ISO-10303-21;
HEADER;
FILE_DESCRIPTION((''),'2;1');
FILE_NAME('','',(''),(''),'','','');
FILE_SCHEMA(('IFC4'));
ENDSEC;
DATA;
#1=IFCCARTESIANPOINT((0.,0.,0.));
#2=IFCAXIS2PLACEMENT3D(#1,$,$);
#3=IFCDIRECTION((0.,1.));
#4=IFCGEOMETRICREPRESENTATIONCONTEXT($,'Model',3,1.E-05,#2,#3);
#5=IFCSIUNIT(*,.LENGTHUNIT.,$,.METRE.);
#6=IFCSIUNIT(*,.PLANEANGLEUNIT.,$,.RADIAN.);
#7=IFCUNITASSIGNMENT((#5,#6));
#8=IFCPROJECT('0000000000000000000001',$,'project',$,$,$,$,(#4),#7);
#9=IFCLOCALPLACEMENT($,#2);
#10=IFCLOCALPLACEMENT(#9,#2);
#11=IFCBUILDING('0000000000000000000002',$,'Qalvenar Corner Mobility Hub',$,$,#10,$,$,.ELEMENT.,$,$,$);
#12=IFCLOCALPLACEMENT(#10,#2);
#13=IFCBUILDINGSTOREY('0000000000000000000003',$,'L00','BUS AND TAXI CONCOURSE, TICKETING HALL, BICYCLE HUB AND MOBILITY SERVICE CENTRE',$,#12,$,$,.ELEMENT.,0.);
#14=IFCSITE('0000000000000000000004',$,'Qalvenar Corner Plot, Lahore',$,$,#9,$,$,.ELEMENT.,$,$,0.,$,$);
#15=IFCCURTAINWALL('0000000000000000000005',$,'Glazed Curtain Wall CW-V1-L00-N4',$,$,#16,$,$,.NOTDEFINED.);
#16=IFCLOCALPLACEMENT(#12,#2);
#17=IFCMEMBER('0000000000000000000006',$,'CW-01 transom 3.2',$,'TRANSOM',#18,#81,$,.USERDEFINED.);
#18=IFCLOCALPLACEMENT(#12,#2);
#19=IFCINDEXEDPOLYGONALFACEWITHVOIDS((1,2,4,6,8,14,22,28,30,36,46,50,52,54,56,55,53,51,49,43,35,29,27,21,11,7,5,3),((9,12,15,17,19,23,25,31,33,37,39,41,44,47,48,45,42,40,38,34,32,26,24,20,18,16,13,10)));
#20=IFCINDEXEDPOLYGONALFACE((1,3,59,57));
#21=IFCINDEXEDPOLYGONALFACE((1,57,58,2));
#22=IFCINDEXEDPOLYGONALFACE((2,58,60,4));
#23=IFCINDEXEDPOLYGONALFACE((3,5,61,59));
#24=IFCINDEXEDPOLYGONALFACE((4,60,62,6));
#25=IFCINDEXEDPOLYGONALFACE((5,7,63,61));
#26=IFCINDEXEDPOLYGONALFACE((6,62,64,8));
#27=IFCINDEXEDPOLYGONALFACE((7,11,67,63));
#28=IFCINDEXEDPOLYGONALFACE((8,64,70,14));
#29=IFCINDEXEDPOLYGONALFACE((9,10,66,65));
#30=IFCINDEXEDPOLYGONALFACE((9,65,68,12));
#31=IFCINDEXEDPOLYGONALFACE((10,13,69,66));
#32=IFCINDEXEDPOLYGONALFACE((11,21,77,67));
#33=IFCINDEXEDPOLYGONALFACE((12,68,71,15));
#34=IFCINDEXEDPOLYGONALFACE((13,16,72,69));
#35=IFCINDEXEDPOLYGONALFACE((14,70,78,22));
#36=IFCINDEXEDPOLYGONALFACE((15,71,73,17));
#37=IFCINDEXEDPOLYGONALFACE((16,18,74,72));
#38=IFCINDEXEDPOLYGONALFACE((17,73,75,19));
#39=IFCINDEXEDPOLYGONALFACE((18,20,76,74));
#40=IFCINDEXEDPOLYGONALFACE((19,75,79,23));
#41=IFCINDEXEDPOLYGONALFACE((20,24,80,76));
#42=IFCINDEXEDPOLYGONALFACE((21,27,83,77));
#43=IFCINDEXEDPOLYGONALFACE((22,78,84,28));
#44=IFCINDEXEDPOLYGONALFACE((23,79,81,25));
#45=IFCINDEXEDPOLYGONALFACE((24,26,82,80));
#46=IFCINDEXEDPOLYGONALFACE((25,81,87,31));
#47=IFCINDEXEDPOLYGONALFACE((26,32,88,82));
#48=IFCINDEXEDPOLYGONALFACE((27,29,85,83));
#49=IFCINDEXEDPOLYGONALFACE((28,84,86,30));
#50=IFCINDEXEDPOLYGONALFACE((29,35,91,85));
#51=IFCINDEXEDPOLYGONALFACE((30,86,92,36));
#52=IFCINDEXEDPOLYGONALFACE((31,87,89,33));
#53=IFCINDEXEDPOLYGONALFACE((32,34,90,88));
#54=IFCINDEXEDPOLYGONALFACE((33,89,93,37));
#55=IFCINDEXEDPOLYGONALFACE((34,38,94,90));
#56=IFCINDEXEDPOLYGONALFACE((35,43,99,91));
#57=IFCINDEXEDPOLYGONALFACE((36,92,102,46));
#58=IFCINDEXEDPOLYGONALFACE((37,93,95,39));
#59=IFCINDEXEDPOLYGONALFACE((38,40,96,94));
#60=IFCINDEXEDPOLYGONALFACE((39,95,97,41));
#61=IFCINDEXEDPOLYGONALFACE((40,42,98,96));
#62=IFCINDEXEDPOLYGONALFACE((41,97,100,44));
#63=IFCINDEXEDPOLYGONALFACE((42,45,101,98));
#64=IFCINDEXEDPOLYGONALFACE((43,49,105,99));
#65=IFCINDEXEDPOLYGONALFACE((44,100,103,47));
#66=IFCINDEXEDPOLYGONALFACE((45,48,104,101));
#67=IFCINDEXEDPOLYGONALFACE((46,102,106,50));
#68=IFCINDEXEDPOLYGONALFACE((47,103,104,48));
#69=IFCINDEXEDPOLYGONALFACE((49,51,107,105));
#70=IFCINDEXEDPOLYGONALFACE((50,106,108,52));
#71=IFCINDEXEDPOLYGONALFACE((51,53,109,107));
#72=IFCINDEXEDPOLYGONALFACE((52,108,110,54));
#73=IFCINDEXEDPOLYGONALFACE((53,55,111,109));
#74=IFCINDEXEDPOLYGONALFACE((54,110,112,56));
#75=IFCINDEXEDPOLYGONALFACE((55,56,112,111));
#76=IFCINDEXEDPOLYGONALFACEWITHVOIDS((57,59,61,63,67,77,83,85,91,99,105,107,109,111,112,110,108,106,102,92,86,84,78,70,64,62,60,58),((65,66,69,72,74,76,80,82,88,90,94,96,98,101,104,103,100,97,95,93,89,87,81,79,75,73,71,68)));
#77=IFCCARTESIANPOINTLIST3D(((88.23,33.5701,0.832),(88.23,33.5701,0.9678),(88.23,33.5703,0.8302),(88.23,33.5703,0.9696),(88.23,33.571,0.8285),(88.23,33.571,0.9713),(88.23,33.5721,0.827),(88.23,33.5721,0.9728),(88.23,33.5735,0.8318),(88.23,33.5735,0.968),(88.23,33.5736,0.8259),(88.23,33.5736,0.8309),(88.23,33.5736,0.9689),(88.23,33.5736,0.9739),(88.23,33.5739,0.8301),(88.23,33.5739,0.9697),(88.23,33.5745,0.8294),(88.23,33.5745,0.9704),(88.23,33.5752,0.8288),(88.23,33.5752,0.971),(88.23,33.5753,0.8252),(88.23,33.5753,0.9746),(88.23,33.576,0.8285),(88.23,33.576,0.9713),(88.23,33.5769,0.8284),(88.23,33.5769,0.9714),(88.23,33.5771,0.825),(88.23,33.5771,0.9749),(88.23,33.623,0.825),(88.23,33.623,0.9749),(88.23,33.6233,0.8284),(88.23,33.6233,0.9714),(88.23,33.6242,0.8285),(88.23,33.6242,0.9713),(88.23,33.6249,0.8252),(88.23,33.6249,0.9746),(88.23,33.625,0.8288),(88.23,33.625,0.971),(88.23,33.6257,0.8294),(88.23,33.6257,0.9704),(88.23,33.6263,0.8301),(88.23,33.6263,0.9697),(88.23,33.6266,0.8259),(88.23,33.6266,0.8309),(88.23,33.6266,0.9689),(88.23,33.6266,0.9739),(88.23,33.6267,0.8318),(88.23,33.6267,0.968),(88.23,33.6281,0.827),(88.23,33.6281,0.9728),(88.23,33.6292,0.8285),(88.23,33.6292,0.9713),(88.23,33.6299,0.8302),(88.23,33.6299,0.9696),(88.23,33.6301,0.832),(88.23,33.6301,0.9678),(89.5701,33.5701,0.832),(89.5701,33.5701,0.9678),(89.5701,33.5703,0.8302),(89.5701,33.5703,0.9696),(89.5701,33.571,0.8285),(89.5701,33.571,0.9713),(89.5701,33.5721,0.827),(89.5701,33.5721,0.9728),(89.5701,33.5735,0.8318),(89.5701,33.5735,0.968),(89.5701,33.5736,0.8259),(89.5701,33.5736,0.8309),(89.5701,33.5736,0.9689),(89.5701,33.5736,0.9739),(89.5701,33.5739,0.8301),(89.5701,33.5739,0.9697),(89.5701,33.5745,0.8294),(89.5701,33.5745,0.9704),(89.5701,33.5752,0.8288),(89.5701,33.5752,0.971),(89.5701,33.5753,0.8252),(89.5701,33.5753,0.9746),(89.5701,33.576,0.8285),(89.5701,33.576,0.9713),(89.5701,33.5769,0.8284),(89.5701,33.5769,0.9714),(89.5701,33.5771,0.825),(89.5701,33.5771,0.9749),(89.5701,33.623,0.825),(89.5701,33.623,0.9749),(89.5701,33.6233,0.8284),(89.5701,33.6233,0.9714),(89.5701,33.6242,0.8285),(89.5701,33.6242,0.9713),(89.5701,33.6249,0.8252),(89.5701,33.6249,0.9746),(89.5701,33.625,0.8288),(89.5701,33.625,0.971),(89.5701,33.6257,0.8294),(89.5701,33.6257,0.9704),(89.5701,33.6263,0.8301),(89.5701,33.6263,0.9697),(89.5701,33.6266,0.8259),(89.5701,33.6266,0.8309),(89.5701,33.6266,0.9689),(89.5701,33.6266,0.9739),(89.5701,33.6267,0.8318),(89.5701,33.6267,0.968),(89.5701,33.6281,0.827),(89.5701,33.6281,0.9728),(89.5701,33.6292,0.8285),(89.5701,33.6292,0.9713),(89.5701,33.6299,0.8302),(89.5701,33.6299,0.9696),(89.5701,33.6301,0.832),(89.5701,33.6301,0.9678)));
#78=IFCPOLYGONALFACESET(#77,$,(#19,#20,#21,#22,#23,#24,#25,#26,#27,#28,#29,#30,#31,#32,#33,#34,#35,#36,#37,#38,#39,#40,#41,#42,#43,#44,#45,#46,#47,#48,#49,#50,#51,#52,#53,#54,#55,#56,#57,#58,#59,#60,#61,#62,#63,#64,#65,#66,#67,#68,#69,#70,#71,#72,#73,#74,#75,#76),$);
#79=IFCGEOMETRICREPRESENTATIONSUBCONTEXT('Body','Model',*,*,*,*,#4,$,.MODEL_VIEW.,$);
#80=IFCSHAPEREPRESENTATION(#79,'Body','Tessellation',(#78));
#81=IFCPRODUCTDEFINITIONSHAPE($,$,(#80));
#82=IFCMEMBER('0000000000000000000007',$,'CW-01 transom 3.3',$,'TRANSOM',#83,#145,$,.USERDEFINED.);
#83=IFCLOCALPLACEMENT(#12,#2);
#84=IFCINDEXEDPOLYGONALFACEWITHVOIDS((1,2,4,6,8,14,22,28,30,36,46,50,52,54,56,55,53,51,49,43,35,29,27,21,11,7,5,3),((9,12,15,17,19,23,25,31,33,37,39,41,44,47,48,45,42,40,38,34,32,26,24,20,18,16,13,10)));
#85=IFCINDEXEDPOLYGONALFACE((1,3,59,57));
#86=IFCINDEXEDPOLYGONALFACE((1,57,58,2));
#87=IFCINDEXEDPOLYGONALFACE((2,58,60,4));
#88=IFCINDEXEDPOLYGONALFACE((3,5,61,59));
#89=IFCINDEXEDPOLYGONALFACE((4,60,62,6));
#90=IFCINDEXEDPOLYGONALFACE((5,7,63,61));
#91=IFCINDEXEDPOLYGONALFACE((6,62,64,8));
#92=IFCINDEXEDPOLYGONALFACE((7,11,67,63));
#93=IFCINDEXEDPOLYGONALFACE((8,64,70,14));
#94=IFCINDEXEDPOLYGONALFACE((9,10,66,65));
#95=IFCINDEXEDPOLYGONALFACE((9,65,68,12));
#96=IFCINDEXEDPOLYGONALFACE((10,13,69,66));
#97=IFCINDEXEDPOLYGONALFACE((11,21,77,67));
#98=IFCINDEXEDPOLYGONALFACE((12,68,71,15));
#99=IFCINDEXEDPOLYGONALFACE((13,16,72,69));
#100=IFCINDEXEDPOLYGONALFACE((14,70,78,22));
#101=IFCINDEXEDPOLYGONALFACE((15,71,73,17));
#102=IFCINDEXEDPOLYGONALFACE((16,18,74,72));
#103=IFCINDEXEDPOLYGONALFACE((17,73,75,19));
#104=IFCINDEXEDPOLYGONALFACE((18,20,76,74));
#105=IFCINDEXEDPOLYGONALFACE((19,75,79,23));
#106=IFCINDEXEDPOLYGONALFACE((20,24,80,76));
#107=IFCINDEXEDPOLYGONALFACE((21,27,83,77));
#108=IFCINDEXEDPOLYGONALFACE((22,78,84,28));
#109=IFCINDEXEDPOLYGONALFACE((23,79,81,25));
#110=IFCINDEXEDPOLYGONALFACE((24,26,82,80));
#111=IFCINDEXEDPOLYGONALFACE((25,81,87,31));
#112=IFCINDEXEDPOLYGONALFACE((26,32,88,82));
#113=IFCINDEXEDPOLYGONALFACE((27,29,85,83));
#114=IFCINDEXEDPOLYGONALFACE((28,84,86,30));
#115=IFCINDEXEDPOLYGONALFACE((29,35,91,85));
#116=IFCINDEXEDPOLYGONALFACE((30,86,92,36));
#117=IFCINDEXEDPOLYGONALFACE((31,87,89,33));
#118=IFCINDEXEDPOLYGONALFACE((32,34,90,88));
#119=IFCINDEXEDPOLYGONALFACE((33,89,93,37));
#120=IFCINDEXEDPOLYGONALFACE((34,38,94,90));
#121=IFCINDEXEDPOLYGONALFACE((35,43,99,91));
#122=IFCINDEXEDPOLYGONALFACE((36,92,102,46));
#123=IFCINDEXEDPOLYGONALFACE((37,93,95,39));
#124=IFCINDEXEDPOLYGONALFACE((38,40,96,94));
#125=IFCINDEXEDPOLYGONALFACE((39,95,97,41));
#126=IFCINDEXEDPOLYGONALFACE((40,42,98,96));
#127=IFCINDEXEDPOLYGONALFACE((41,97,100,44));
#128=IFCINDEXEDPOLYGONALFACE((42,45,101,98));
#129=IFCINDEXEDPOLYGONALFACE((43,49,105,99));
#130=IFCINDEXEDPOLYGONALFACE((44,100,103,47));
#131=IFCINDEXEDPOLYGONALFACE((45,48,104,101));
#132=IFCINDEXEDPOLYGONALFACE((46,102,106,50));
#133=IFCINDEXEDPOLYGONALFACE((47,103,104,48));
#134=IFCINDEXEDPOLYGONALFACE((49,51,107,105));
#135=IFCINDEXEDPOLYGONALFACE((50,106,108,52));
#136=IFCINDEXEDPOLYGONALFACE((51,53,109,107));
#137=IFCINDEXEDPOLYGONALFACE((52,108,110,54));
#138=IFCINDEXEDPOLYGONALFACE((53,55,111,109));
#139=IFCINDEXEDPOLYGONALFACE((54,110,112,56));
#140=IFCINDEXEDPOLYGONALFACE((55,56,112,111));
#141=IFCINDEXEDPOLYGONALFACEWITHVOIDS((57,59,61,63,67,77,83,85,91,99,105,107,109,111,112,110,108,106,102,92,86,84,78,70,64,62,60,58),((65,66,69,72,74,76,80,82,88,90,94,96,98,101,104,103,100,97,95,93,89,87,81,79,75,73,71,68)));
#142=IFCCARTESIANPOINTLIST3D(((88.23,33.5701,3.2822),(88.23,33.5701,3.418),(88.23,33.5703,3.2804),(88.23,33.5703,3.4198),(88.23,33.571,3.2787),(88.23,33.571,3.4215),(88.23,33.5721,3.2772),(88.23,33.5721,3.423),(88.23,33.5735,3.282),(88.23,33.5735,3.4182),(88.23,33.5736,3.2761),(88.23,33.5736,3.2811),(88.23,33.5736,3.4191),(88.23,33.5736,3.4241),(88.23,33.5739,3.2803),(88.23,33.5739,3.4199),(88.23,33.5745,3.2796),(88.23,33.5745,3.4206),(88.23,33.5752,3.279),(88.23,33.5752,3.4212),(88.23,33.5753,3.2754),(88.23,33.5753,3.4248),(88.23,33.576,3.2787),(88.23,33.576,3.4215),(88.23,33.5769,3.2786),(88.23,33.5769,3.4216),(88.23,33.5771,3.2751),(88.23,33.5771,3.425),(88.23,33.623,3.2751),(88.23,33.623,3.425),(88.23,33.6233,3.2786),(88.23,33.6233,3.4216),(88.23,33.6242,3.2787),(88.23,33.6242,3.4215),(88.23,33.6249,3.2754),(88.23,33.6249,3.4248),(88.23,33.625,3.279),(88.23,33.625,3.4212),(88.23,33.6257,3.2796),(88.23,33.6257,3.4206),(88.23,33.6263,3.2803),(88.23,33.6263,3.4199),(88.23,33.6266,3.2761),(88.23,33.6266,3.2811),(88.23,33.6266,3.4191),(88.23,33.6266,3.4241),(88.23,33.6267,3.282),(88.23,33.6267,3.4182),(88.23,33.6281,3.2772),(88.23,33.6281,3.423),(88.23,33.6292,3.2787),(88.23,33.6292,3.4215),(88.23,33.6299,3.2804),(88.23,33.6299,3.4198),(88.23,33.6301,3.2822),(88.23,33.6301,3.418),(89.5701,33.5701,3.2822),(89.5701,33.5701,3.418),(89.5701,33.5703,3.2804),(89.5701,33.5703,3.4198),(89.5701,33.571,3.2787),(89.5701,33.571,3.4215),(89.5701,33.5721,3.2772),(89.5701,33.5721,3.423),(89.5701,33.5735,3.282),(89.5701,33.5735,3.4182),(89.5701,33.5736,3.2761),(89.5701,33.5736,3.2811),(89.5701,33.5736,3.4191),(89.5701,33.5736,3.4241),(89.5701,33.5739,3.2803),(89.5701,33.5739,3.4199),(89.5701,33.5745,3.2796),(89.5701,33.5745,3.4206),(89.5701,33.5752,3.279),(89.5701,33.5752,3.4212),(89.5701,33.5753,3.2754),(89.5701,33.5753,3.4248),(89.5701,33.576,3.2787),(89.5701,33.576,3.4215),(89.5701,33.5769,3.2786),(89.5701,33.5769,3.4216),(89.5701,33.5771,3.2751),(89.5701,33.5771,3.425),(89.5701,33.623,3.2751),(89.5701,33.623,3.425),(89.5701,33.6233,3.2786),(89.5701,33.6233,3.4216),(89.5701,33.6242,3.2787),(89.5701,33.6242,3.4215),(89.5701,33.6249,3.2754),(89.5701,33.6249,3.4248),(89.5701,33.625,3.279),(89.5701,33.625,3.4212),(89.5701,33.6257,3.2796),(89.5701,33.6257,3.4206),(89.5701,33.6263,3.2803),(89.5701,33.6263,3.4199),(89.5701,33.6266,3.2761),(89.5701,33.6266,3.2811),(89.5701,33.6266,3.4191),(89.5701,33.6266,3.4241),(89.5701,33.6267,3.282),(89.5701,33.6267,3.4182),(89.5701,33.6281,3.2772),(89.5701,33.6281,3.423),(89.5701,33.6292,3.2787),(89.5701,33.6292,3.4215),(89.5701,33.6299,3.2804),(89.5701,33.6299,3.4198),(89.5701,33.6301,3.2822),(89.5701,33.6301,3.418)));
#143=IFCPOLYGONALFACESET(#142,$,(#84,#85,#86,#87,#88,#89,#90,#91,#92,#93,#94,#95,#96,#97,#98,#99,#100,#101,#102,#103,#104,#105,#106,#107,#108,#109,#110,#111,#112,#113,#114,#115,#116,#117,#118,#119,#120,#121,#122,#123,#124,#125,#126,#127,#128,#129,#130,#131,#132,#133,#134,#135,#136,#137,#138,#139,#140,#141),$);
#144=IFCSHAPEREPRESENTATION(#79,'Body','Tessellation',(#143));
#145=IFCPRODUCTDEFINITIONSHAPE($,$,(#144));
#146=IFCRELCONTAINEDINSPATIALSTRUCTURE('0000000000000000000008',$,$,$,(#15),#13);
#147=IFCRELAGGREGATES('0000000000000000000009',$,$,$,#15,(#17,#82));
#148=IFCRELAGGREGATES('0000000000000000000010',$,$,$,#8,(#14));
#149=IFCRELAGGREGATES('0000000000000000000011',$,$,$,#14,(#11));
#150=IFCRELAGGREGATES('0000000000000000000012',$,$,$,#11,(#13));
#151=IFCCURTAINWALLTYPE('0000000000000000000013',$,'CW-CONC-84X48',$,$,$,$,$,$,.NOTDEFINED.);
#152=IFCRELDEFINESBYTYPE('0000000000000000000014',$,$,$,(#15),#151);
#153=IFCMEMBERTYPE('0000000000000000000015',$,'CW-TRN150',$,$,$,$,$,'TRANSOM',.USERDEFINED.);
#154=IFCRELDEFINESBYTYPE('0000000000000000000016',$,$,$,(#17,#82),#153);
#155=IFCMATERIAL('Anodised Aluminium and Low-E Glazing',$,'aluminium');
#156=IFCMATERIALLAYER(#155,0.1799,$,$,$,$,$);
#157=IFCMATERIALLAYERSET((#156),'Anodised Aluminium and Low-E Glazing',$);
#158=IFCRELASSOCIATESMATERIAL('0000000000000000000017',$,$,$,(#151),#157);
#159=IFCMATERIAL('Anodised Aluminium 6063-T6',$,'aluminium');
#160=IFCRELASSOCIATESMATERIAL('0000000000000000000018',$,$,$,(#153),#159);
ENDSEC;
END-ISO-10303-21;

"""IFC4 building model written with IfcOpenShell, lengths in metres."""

from ifc_helpers import new_model, si_unit, direction, frame, origin, origin_2d, place, context, subcontext, project, spatial, hollow_rectangle, extrude, material, layer, layer_set, material_profile, profile_set, type_object, element, aggregate, save


model = new_model("IFC4")

# Units and contexts
model_context = context("Model", 3, precision=1e-05, world=origin(), true_north=direction((0.0, 1.0)))
body_context = subcontext(model_context, "Body", "Model", "MODEL_VIEW")
ifc_project = project(units=[si_unit("LENGTHUNIT", "METRE"), si_unit("PLANEANGLEUNIT", "RADIAN")], contexts=[model_context])

# Site, building, storey
site_placement = place(None, origin())
site = spatial("IfcSite", under=ifc_project, at=site_placement, Name="Qalvenar Corner Plot, Lahore", CompositionType="ELEMENT", RefElevation=0.0)
building_placement = place(site_placement, origin())
building = spatial("IfcBuilding", under=site, at=building_placement, Name="Qalvenar Corner Mobility Hub", CompositionType="ELEMENT")
storey_placement = place(building_placement, origin())
storey = spatial("IfcBuildingStorey", under=building, at=storey_placement, Name="L00", Description="BUS AND TAXI CONCOURSE, TICKETING HALL, BICYCLE HUB AND MOBILITY SERVICE CENTRE", CompositionType="ELEMENT", Elevation=0.0)

# Curtain wall, members
ifc_material_1 = material(Name="Anodised Aluminium and Low-E Glazing", Category="aluminium")
ifc_layer_1 = layer(ifc_material_1, 0.1799)
ifc_layer_set_1 = layer_set([ifc_layer_1], Name="Anodised Aluminium and Low-E Glazing")
curtain_wall_type = type_object("IfcCurtainWallType", Name="CW-CONC-84X48", PredefinedType="NOTDEFINED", material=ifc_layer_set_1)
curtain_wall_placement = place(storey_placement, origin())
curtain_wall = element("IfcCurtainWall", 1, at=curtain_wall_placement, inside=storey, type_object=curtain_wall_type, Name="Glazed Curtain Wall CW-V1-L00-N4", PredefinedType="NOTDEFINED")
ifc_material_2 = material(Name="Anodised Aluminium 6063-T6", Category="aluminium")
ifc_material_profile_1 = material_profile(ifc_material_2, hollow_rectangle(XDim=0.0601, YDim=0.1499, WallThickness=0.0034, InnerFilletRadius=0.0034, OuterFilletRadius=0.0071, at=origin_2d()), Name="RHS150x60x3.5")
ifc_profile_set_1 = profile_set([ifc_material_profile_1], Name="Anodised Aluminium 6063-T6")
member_type_1 = type_object("IfcMemberType", Name="CW-TRN150", ElementType="TRANSOM", PredefinedType="USERDEFINED", material=ifc_profile_set_1)
member_1_placement = place(storey_placement, frame((89.5701, 33.6001, 0.8999), z_axis=(-1.0, 0.0, 0.0), x_axis=(0.0, -1.0, 0.0)))
member_1 = element("IfcMember", 2, at=member_1_placement, type_object=member_type_1, Name="CW-01 transom 3.2", ObjectType="TRANSOM", PredefinedType="USERDEFINED", context=body_context, shape_type="SweptSolid", body=[
    extrude(hollow_rectangle(XDim=0.0601, YDim=0.1499, WallThickness=0.0034, InnerFilletRadius=0.0034, OuterFilletRadius=0.0071, at=origin_2d()), origin(), (0.0, 0.0, 1.0), 1.3401),
])
member_2_placement = place(storey_placement, frame((89.5701, 33.6001, 3.3501), z_axis=(-1.0, 0.0, 0.0), x_axis=(0.0, -1.0, 0.0)))
member_2 = element("IfcMember", 3, at=member_2_placement, type_object=member_type_1, Name="CW-01 transom 3.3", ObjectType="TRANSOM", PredefinedType="USERDEFINED", context=body_context, shape_type="SweptSolid", body=[
    extrude(hollow_rectangle(XDim=0.0601, YDim=0.1499, WallThickness=0.0034, InnerFilletRadius=0.0034, OuterFilletRadius=0.0071, at=origin_2d()), origin(), (0.0, 0.0, 1.0), 1.3401),
])

aggregate(curtain_wall, [member_1, member_2])

save(model, "model.ifc")
